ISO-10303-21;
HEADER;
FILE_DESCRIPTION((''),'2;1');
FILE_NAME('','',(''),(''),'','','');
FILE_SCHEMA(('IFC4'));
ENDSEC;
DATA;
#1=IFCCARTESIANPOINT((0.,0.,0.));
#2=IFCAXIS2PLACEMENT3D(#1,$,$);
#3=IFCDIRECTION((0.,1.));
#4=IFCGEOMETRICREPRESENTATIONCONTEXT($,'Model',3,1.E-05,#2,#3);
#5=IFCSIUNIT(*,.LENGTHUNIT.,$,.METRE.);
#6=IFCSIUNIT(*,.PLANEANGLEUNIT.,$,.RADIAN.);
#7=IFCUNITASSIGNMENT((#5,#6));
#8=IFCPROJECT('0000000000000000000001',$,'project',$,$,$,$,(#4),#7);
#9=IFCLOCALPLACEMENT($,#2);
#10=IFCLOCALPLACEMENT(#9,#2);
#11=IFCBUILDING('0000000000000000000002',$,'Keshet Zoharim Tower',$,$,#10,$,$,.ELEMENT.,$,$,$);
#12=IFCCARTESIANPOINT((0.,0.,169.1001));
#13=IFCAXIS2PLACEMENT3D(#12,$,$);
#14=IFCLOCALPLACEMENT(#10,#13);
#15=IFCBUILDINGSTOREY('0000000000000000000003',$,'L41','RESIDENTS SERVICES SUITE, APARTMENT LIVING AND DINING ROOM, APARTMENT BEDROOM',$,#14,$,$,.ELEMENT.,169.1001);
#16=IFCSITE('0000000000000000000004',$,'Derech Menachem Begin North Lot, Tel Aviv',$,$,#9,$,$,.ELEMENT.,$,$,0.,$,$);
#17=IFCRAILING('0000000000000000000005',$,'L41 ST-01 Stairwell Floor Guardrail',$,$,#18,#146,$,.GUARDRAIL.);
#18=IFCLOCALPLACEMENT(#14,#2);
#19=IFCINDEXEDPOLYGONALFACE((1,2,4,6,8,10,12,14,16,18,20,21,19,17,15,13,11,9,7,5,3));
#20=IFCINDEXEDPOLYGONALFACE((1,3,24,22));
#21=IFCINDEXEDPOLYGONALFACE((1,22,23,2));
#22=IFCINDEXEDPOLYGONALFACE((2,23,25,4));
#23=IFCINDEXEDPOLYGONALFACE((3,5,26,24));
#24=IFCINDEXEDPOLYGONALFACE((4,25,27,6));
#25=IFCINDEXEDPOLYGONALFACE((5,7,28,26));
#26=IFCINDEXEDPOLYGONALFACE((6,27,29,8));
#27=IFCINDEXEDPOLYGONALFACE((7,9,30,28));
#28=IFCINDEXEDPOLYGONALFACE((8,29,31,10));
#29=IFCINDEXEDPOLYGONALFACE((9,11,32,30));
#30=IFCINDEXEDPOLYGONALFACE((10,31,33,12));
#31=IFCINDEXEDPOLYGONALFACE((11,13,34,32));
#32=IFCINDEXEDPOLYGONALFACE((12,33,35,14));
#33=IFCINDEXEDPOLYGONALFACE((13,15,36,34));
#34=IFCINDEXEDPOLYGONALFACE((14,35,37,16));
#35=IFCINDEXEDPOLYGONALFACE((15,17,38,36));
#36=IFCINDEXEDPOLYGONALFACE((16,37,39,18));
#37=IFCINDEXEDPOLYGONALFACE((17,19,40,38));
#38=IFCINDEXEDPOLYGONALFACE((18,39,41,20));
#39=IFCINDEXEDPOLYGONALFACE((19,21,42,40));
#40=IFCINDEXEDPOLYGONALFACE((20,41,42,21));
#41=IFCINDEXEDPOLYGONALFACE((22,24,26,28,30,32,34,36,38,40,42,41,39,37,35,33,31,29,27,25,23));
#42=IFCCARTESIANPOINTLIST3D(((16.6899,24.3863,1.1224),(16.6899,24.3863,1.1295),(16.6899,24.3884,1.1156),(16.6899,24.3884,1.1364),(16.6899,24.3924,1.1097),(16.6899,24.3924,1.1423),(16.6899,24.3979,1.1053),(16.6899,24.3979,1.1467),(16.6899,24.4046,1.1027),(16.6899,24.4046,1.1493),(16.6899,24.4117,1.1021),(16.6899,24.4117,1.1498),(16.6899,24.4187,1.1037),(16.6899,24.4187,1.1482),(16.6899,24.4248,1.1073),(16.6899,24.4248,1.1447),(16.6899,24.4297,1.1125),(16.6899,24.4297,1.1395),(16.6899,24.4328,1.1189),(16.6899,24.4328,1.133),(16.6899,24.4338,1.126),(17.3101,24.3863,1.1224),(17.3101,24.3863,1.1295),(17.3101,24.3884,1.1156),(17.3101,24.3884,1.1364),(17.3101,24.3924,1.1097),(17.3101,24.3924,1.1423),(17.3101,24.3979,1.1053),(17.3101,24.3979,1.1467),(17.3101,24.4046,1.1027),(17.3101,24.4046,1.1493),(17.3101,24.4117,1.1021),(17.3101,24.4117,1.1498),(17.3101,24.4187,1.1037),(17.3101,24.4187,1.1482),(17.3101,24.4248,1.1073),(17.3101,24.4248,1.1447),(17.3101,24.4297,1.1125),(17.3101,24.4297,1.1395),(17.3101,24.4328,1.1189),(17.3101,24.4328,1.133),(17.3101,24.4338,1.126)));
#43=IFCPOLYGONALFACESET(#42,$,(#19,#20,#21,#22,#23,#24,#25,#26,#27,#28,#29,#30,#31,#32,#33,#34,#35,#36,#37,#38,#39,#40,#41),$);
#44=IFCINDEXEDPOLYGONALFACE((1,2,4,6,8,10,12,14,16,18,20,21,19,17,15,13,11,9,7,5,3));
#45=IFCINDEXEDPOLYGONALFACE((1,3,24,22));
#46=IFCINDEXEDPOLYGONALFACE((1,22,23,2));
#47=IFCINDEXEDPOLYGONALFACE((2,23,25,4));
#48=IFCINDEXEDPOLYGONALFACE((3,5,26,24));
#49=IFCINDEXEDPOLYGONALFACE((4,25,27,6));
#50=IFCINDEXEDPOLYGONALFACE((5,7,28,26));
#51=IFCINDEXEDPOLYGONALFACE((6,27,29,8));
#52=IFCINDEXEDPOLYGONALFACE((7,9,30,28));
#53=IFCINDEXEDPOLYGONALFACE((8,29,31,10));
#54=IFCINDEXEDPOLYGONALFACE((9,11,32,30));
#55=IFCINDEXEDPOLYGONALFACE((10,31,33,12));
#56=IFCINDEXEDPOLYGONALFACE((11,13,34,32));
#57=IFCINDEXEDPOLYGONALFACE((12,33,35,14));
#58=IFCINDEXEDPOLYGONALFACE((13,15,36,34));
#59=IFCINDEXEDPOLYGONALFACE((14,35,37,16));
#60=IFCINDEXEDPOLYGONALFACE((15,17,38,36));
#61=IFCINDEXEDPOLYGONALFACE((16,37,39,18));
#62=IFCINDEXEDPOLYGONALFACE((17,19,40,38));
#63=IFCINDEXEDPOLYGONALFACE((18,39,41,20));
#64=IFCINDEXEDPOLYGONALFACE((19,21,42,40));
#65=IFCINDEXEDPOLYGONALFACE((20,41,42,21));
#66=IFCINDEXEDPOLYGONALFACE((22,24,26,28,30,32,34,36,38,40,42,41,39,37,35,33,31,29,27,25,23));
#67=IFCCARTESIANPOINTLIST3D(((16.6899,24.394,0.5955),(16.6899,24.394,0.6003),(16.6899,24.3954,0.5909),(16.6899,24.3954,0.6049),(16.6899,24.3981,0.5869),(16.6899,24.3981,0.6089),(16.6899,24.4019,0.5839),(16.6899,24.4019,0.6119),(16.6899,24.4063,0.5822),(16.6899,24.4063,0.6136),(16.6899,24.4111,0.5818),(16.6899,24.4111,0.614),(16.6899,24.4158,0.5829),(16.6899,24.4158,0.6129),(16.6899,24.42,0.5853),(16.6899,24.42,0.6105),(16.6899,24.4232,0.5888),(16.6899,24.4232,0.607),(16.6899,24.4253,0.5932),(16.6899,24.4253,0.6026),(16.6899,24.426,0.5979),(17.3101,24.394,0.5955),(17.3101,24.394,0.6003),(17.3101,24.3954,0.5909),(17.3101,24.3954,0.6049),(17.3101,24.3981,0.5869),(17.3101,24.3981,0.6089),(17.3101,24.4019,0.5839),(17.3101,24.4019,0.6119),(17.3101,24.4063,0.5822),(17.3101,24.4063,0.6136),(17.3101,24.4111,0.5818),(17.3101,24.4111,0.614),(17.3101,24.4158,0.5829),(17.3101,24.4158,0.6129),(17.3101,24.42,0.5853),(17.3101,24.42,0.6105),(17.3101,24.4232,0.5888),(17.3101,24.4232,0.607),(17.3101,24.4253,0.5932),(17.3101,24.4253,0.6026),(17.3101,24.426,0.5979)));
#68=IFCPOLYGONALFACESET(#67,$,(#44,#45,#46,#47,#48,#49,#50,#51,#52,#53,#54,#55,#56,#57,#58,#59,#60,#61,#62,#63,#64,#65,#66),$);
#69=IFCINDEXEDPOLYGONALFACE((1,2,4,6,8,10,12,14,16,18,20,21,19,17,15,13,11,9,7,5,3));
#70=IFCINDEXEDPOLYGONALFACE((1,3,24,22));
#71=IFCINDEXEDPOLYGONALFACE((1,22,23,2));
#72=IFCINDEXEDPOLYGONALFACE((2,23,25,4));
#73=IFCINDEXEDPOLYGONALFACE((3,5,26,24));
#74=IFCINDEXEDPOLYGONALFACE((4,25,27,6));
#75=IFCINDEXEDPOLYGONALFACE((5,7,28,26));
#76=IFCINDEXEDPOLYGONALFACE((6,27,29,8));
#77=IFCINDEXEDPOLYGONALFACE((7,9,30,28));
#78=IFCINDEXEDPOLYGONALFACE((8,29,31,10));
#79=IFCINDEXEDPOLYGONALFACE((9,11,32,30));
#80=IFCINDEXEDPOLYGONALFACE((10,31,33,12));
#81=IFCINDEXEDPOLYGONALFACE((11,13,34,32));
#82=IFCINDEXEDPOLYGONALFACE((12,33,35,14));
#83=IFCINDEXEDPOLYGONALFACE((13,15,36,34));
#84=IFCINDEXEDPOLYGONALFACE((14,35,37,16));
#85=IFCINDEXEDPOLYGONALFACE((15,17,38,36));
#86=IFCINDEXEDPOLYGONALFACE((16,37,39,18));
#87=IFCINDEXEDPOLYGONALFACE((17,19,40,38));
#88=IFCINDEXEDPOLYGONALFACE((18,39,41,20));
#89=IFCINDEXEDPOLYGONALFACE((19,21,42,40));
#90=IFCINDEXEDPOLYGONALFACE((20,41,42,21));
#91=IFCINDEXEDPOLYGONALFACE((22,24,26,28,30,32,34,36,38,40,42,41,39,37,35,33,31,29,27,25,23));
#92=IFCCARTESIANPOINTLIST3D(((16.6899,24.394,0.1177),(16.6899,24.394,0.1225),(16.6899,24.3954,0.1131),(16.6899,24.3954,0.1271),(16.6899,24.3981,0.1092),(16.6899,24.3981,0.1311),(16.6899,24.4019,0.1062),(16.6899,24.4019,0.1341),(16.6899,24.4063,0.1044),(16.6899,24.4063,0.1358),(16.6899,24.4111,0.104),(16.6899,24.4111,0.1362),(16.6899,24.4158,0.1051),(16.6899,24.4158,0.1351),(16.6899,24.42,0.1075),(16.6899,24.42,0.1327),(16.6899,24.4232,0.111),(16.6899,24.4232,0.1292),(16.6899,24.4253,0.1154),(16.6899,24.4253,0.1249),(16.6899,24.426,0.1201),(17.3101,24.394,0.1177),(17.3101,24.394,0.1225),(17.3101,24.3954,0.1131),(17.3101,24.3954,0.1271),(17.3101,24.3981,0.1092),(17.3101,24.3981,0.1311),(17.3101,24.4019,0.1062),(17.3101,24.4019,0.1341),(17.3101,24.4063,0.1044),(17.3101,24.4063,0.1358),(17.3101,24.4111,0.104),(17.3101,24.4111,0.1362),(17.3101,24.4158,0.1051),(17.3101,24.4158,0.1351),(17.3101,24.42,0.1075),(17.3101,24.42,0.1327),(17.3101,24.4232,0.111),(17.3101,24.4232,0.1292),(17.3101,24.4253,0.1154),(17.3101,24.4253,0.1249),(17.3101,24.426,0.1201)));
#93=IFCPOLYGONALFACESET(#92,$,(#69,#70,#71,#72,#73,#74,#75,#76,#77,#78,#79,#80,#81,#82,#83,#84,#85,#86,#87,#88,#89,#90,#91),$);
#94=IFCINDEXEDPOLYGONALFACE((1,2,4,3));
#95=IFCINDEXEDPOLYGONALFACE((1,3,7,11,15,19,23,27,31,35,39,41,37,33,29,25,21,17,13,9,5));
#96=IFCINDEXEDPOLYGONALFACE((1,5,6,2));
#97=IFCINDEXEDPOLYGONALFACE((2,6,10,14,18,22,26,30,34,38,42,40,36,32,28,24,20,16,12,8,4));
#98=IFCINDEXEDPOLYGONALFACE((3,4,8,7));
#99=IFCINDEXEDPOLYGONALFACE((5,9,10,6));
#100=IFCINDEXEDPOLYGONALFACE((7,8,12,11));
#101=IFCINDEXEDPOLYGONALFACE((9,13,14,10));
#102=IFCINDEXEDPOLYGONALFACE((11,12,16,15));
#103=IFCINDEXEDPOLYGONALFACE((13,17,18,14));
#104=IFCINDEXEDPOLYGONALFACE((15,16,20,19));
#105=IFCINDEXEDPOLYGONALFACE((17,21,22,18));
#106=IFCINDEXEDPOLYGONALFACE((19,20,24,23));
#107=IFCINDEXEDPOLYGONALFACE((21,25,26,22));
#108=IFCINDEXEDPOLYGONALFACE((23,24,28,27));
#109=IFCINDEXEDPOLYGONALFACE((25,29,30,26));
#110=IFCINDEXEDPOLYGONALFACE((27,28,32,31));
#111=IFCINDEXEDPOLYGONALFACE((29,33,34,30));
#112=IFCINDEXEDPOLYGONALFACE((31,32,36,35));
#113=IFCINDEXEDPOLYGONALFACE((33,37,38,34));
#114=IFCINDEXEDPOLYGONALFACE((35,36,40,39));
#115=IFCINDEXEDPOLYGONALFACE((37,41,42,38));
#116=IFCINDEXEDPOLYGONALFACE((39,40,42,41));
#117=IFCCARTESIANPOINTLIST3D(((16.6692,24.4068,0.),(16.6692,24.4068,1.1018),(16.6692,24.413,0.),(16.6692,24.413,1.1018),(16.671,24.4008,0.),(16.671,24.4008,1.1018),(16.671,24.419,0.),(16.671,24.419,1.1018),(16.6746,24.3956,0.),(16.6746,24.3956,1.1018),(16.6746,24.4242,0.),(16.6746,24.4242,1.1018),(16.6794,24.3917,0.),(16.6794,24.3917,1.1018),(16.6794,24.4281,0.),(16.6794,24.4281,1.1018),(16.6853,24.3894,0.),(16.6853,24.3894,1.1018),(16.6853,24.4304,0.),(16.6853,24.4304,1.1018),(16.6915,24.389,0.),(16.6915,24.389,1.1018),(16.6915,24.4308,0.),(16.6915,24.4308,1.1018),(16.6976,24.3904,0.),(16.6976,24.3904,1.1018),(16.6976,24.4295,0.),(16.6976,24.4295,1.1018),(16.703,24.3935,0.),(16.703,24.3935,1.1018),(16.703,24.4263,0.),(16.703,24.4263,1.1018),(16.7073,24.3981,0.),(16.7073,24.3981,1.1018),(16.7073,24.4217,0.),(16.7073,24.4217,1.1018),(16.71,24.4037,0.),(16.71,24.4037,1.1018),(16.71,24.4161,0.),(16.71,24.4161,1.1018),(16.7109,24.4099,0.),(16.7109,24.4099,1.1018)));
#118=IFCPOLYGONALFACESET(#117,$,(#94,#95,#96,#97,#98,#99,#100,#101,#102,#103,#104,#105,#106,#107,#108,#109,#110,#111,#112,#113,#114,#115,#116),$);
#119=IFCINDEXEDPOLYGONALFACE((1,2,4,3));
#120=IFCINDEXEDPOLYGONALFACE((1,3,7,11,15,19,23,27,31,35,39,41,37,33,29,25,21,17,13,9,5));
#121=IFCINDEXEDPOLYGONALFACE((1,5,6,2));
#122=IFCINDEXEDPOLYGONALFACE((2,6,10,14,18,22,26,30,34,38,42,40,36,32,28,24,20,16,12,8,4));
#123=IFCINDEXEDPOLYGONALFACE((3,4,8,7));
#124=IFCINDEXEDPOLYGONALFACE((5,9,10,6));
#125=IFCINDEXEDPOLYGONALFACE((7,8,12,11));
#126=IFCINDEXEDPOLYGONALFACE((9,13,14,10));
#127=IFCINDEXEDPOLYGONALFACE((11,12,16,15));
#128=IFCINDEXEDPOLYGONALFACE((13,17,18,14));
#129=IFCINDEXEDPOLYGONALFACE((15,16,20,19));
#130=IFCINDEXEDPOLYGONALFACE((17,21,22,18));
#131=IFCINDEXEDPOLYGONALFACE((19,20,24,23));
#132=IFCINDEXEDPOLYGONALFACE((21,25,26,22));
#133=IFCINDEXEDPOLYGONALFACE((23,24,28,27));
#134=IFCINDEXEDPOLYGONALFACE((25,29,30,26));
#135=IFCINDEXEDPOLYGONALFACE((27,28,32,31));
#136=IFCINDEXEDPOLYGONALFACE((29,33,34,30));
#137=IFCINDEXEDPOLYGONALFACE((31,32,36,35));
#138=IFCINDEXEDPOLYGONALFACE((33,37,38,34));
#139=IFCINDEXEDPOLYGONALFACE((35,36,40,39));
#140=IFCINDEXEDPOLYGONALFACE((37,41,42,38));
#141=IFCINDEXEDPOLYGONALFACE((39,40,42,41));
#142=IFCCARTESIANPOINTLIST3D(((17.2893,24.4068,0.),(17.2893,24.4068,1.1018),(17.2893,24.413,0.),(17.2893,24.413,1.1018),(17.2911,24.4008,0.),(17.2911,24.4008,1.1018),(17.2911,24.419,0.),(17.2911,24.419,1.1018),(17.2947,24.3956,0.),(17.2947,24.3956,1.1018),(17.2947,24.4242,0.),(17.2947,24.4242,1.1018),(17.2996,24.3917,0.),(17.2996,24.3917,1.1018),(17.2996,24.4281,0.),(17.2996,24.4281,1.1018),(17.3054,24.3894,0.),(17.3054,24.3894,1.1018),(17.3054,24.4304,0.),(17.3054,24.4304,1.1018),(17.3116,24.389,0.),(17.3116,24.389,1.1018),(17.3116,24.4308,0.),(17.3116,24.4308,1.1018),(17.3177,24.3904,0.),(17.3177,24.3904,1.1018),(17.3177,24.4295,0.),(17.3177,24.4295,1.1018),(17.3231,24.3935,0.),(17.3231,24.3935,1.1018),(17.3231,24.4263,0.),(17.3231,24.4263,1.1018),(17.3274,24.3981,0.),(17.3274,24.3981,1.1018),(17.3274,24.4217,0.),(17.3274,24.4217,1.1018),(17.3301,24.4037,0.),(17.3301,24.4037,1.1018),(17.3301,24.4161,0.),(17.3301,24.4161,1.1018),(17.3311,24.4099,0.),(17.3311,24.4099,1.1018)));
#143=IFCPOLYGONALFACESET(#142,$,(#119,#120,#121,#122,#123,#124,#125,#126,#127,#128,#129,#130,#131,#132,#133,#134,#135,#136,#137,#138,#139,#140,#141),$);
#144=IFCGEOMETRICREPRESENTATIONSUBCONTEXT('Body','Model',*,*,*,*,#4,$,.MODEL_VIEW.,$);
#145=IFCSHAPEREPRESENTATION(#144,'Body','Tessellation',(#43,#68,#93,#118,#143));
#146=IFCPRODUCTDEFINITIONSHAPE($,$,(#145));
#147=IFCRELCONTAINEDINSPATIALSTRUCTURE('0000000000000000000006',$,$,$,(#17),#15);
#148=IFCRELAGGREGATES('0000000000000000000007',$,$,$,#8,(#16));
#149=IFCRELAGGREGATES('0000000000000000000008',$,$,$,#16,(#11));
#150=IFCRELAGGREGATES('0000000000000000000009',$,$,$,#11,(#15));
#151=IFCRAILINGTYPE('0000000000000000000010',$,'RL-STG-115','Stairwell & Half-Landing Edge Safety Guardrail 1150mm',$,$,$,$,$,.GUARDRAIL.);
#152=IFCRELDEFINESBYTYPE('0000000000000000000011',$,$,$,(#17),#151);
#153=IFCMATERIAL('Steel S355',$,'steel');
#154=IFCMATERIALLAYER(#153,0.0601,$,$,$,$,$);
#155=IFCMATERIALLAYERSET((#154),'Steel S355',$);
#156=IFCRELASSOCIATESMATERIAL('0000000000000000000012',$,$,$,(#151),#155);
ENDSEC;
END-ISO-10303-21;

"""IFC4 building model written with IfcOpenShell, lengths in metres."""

from ifc_helpers import new_model, si_unit, direction, frame, origin, origin_2d, place, context, subcontext, project, spatial, circle, extrude, material, layer, layer_set, type_object, element, save


model = new_model("IFC4")

# Units and contexts
model_context = context("Model", 3, precision=1e-05, world=origin(), true_north=direction((0.0, 1.0)))
body_context = subcontext(model_context, "Body", "Model", "MODEL_VIEW")
ifc_project = project(units=[si_unit("LENGTHUNIT", "METRE"), si_unit("PLANEANGLEUNIT", "RADIAN")], contexts=[model_context])

# Site, building, storey
site_placement = place(None, origin())
site = spatial("IfcSite", under=ifc_project, at=site_placement, Name="Derech Menachem Begin North Lot, Tel Aviv", CompositionType="ELEMENT", RefElevation=0.0)
building_placement = place(site_placement, origin())
building = spatial("IfcBuilding", under=site, at=building_placement, Name="Keshet Zoharim Tower", CompositionType="ELEMENT")
storey_placement = place(building_placement, frame((0.0, 0.0, 169.1001)))
storey = spatial("IfcBuildingStorey", under=building, at=storey_placement, Name="L41", Description="RESIDENTS SERVICES SUITE, APARTMENT LIVING AND DINING ROOM, APARTMENT BEDROOM", CompositionType="ELEMENT", Elevation=169.1001)

# Railing
ifc_material_1 = material(Name="Steel S355", Category="steel")
ifc_layer_1 = layer(ifc_material_1, 0.0601)
ifc_layer_set_1 = layer_set([ifc_layer_1], Name="Steel S355")
railing_type_1 = type_object("IfcRailingType", Name="RL-STG-115", Description="Stairwell & Half-Landing Edge Safety Guardrail 1150mm", PredefinedType="GUARDRAIL", material=ifc_layer_set_1)
railing_1_placement = place(storey_placement, frame((16.6899, 24.4099, 0.0)))
element("IfcRailing", 1, at=railing_1_placement, inside=storey, type_object=railing_type_1, Name="L41 ST-01 Stairwell Floor Guardrail", PredefinedType="GUARDRAIL", context=body_context, shape_type="SweptSolid", body=[
    extrude(circle(Radius=0.0239, at=origin_2d()), frame((0.0, 0.0, 1.126), z_axis=(1.0, 0.0, 0.0), x_axis=(0.0, 1.0, 0.0)), (0.0, 0.0, 1.0), 0.6201),
    extrude(circle(Radius=0.0161, at=origin_2d()), frame((0.0, 0.0, 0.5979), z_axis=(1.0, 0.0, 0.0), x_axis=(0.0, 1.0, 0.0)), (0.0, 0.0, 1.0), 0.6201),
    extrude(circle(Radius=0.0161, at=origin_2d()), frame((0.0, 0.0, 0.1201), z_axis=(1.0, 0.0, 0.0), x_axis=(0.0, 1.0, 0.0)), (0.0, 0.0, 1.0), 0.6201),
    extrude(circle(Radius=0.021, at=origin_2d()), origin(), (0.0, 0.0, 1.0), 1.1018),
    extrude(circle(Radius=0.021, at=origin_2d()), frame((0.6201, 0.0, 0.0)), (0.0, 0.0, 1.0), 1.1018),
])

save(model, "model.ifc")
